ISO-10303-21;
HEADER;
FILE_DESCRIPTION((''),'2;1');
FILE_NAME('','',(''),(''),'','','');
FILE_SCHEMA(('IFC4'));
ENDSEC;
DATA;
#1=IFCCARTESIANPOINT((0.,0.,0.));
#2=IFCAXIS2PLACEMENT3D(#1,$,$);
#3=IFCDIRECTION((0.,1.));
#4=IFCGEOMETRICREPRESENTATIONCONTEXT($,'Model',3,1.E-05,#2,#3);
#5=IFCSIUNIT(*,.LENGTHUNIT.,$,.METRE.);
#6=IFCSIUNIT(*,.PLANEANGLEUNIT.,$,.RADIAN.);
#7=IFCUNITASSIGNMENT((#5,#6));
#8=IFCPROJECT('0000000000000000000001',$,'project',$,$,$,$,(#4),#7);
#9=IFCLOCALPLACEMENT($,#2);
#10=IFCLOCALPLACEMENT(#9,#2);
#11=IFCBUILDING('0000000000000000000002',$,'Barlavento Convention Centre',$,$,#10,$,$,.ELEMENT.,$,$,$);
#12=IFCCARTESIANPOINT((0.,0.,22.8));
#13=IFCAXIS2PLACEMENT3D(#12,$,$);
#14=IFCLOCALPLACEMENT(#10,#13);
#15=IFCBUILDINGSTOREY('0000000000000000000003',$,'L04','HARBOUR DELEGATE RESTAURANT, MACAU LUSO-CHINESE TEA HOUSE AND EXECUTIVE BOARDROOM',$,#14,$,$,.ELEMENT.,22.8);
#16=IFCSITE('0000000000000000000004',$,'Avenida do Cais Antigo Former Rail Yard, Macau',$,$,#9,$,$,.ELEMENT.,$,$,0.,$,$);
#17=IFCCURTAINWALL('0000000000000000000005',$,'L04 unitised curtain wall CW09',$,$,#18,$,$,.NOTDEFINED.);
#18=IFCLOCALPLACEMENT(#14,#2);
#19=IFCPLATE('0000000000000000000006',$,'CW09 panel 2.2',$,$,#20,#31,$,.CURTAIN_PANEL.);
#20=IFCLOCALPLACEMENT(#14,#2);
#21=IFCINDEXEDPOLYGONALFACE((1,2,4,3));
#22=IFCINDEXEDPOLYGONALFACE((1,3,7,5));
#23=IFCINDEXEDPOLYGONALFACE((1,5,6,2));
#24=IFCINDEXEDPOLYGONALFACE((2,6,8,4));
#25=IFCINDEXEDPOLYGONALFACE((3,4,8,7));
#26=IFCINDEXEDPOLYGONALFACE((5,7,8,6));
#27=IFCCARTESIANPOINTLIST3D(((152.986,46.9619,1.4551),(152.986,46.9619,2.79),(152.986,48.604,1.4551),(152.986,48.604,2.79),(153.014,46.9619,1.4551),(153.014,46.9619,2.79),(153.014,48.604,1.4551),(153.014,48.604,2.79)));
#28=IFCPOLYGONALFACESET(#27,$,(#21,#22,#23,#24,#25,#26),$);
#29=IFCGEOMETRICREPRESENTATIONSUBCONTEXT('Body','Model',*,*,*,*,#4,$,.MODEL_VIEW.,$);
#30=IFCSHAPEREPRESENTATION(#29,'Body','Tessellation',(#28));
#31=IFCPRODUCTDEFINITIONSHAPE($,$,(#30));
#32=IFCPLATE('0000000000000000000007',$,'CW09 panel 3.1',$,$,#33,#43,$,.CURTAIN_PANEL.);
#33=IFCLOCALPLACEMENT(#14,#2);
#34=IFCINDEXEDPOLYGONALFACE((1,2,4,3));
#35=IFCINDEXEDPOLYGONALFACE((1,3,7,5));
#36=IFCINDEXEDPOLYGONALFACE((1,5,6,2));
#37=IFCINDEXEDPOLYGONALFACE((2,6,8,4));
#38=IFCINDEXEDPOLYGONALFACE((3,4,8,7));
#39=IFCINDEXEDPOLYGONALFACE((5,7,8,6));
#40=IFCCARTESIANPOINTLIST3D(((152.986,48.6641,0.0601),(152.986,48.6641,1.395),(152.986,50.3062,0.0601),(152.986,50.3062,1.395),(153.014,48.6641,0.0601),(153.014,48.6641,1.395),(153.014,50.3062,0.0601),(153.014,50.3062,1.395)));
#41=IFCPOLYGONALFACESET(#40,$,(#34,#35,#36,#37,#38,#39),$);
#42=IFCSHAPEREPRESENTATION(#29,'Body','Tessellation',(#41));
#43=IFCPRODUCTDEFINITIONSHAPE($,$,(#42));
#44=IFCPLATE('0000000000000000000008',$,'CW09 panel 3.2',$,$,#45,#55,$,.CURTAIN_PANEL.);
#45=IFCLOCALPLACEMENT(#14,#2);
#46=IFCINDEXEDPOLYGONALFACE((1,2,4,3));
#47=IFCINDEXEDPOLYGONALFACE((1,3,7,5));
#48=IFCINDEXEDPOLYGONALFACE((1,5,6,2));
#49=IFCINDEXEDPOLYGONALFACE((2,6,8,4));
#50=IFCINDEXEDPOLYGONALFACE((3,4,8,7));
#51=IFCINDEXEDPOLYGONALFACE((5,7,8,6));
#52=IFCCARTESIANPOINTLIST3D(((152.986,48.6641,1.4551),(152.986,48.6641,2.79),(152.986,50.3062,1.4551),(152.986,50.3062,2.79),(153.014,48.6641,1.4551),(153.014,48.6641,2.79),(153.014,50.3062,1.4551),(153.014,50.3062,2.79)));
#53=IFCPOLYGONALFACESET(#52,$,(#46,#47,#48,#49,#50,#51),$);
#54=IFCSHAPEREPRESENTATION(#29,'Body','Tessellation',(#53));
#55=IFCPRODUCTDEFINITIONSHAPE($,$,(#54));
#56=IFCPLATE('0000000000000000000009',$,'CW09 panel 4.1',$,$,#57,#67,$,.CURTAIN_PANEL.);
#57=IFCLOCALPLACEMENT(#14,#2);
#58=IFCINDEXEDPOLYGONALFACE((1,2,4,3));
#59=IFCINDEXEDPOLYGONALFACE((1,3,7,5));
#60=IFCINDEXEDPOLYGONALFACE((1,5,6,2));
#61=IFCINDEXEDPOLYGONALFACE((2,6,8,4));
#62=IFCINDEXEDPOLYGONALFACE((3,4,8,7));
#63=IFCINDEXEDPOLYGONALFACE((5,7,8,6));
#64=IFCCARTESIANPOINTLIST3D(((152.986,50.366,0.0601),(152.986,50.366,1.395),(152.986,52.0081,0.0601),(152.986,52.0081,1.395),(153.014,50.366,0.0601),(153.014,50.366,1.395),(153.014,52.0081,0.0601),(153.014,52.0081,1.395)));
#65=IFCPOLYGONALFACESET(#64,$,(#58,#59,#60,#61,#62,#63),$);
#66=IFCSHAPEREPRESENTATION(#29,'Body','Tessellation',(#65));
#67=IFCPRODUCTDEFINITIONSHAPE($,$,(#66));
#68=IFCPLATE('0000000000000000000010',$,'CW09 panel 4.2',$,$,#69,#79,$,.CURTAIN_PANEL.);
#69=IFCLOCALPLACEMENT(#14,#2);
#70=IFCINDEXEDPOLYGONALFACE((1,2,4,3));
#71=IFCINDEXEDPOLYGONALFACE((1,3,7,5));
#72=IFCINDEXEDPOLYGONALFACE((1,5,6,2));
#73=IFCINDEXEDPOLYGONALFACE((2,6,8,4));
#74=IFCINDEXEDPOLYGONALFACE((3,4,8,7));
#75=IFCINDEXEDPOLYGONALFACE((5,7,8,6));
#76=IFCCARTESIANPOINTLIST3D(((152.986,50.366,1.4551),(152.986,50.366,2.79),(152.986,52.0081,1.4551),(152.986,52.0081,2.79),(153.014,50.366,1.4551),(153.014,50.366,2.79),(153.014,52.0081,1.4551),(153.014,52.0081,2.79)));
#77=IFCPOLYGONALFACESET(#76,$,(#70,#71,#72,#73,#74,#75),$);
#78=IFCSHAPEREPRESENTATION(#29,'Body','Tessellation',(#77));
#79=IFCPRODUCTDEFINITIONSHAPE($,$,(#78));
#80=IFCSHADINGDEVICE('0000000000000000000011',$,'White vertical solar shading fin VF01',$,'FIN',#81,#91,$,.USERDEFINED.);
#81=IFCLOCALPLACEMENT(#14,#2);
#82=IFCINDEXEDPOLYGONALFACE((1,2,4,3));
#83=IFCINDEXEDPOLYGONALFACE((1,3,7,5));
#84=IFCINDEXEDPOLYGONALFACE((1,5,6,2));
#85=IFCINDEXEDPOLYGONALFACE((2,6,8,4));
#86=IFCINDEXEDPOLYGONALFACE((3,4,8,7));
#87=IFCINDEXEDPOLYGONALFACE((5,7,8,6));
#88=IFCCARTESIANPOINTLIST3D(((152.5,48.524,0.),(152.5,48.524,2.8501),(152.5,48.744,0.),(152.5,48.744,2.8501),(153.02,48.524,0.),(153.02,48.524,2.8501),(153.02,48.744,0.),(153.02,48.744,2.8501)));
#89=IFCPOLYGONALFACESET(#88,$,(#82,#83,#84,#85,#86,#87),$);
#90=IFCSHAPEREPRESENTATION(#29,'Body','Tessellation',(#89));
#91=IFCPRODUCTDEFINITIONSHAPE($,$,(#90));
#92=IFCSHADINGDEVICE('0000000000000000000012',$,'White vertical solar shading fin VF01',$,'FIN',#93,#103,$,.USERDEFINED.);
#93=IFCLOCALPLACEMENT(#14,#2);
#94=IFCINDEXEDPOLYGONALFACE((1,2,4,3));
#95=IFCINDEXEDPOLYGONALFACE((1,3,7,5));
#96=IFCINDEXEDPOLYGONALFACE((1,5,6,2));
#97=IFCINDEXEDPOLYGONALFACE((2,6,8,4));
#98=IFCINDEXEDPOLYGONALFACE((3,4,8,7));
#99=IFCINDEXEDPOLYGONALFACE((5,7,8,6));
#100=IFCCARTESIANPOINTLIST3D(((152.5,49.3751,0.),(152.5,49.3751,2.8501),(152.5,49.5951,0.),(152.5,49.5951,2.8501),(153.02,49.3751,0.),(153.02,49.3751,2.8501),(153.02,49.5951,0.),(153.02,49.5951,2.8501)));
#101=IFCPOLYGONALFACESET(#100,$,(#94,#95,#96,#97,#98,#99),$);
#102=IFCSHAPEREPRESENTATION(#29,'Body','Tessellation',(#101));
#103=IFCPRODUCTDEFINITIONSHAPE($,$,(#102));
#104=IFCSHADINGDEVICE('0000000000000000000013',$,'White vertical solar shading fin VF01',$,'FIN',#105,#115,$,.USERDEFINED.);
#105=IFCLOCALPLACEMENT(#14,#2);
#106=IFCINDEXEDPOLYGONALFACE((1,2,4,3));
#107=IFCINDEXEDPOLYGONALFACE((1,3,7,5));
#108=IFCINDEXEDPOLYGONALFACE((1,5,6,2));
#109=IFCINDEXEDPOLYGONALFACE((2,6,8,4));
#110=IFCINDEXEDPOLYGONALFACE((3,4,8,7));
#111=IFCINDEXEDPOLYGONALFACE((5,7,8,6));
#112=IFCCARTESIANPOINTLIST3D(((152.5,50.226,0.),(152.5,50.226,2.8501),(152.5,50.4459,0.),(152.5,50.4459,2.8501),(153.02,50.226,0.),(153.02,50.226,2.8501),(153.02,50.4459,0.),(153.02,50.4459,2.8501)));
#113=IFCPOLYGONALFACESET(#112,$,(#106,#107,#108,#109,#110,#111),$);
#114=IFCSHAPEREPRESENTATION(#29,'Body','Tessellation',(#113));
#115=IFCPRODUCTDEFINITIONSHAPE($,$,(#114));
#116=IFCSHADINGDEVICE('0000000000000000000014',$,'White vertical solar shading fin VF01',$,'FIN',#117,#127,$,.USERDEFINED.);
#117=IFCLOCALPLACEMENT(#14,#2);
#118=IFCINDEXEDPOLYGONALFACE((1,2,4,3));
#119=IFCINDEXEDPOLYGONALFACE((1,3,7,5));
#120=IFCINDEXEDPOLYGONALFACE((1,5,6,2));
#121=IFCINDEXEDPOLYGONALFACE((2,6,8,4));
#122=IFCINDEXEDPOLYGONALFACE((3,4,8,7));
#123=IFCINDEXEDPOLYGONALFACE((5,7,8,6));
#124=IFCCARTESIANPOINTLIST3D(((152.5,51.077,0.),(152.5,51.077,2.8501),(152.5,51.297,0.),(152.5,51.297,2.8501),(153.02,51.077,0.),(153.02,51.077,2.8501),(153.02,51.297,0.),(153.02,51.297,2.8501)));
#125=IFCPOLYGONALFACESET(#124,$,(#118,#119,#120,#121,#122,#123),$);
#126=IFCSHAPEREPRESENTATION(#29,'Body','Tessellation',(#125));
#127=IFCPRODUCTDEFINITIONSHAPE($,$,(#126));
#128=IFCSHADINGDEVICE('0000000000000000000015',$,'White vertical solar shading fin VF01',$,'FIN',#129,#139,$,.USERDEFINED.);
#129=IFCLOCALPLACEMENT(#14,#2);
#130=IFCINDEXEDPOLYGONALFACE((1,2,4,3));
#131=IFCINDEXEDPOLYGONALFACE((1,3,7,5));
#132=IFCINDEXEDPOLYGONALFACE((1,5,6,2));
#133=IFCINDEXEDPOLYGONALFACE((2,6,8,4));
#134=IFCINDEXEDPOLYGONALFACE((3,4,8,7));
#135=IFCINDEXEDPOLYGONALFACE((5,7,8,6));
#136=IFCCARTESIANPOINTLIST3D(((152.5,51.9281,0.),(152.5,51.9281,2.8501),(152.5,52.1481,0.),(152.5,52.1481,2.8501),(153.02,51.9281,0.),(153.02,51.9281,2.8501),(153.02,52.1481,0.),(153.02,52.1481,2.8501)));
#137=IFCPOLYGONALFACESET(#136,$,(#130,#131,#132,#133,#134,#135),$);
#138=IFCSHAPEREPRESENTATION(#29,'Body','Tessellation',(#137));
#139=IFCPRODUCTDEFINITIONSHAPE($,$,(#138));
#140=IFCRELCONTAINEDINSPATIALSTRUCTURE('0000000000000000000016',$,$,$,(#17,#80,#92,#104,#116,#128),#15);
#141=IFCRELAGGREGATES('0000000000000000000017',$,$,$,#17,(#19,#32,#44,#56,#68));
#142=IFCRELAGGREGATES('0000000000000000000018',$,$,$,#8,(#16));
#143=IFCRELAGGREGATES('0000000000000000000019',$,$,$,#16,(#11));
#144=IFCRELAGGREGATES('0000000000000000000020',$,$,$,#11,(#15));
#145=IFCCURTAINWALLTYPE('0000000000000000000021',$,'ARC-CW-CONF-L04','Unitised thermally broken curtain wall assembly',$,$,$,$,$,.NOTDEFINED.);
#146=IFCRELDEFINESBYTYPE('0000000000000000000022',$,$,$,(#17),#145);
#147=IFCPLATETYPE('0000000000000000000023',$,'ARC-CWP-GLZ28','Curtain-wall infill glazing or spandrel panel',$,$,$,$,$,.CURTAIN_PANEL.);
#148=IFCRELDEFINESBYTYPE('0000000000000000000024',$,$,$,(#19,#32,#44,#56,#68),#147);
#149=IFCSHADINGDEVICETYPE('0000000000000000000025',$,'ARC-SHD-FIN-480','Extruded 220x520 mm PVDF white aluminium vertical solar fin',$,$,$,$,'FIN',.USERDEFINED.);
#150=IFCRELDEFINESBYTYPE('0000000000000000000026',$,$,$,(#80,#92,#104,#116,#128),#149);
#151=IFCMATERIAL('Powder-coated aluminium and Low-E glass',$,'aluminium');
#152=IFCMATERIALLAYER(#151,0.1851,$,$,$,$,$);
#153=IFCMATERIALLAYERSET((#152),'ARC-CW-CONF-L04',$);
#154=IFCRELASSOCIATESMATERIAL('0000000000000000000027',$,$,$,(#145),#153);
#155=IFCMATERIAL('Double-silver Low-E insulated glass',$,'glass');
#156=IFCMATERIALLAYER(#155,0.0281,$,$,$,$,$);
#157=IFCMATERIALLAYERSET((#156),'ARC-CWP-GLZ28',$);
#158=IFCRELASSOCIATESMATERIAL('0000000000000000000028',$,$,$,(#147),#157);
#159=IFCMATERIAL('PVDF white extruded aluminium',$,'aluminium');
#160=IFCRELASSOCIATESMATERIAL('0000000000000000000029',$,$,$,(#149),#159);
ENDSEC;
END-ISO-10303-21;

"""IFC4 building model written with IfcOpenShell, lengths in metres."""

from ifc_helpers import new_model, si_unit, direction, frame, origin, origin_2d, place, context, subcontext, project, spatial, rectangle, extrude, material, layer, layer_set, type_object, element, aggregate, save


model = new_model("IFC4")

# Units and contexts
model_context = context("Model", 3, precision=1e-05, world=origin(), true_north=direction((0.0, 1.0)))
body_context = subcontext(model_context, "Body", "Model", "MODEL_VIEW")
ifc_project = project(units=[si_unit("LENGTHUNIT", "METRE"), si_unit("PLANEANGLEUNIT", "RADIAN")], contexts=[model_context])

# Site, building, storey
site_placement = place(None, origin())
site = spatial("IfcSite", under=ifc_project, at=site_placement, Name="Avenida do Cais Antigo Former Rail Yard, Macau", CompositionType="ELEMENT", RefElevation=0.0)
building_placement = place(site_placement, origin())
building = spatial("IfcBuilding", under=site, at=building_placement, Name="Barlavento Convention Centre", CompositionType="ELEMENT")
storey_placement = place(building_placement, frame((0.0, 0.0, 22.8)))
storey = spatial("IfcBuildingStorey", under=building, at=storey_placement, Name="L04", Description="HARBOUR DELEGATE RESTAURANT, MACAU LUSO-CHINESE TEA HOUSE AND EXECUTIVE BOARDROOM", CompositionType="ELEMENT", Elevation=22.8)

# Curtain wall, plates
ifc_material_1 = material(Name="Powder-coated aluminium and Low-E glass", Category="aluminium")
ifc_layer_1 = layer(ifc_material_1, 0.1851)
ifc_layer_set_1 = layer_set([ifc_layer_1], Name="ARC-CW-CONF-L04")
curtain_wall_type = type_object("IfcCurtainWallType", Name="ARC-CW-CONF-L04", Description="Unitised thermally broken curtain wall assembly", PredefinedType="NOTDEFINED", material=ifc_layer_set_1)
curtain_wall_placement = place(storey_placement, origin())
curtain_wall = element("IfcCurtainWall", 1, at=curtain_wall_placement, inside=storey, type_object=curtain_wall_type, Name="L04 unitised curtain wall CW09", PredefinedType="NOTDEFINED")
ifc_material_2 = material(Name="Double-silver Low-E insulated glass", Category="glass")
ifc_layer_2 = layer(ifc_material_2, 0.0281)
ifc_layer_set_2 = layer_set([ifc_layer_2], Name="ARC-CWP-GLZ28")
plate_type = type_object("IfcPlateType", Name="ARC-CWP-GLZ28", Description="Curtain-wall infill glazing or spandrel panel", PredefinedType="CURTAIN_PANEL", material=ifc_layer_set_2)
plate_1_placement = place(storey_placement, frame((153.0, 47.783, 1.4551), z_axis=(0.0, 0.0, 1.0), x_axis=(0.0, 1.0, 0.0)))
plate_1 = element("IfcPlate", 2, at=plate_1_placement, type_object=plate_type, Name="CW09 panel 2.2", PredefinedType="CURTAIN_PANEL", context=body_context, shape_type="SweptSolid", body=[
    extrude(rectangle(XDim=1.6421, YDim=0.0281, at=origin_2d()), origin(), (0.0, 0.0, 1.0), 1.335),
])
plate_2_placement = place(storey_placement, frame((153.0, 49.4851, 0.0601), z_axis=(0.0, 0.0, 1.0), x_axis=(0.0, 1.0, 0.0)))
plate_2 = element("IfcPlate", 3, at=plate_2_placement, type_object=plate_type, Name="CW09 panel 3.1", PredefinedType="CURTAIN_PANEL", context=body_context, shape_type="SweptSolid", body=[
    extrude(rectangle(XDim=1.6421, YDim=0.0281, at=origin_2d()), origin(), (0.0, 0.0, 1.0), 1.335),
])
plate_3_placement = place(storey_placement, frame((153.0, 49.4851, 1.4551), z_axis=(0.0, 0.0, 1.0), x_axis=(0.0, 1.0, 0.0)))
plate_3 = element("IfcPlate", 4, at=plate_3_placement, type_object=plate_type, Name="CW09 panel 3.2", PredefinedType="CURTAIN_PANEL", context=body_context, shape_type="SweptSolid", body=[
    extrude(rectangle(XDim=1.6421, YDim=0.0281, at=origin_2d()), origin(), (0.0, 0.0, 1.0), 1.335),
])
plate_4_placement = place(storey_placement, frame((153.0, 51.187, 0.0601), z_axis=(0.0, 0.0, 1.0), x_axis=(0.0, 1.0, 0.0)))
plate_4 = element("IfcPlate", 5, at=plate_4_placement, type_object=plate_type, Name="CW09 panel 4.1", PredefinedType="CURTAIN_PANEL", context=body_context, shape_type="SweptSolid", body=[
    extrude(rectangle(XDim=1.6421, YDim=0.0281, at=origin_2d()), origin(), (0.0, 0.0, 1.0), 1.335),
])
plate_5_placement = place(storey_placement, frame((153.0, 51.187, 1.4551), z_axis=(0.0, 0.0, 1.0), x_axis=(0.0, 1.0, 0.0)))
plate_5 = element("IfcPlate", 6, at=plate_5_placement, type_object=plate_type, Name="CW09 panel 4.2", PredefinedType="CURTAIN_PANEL", context=body_context, shape_type="SweptSolid", body=[
    extrude(rectangle(XDim=1.6421, YDim=0.0281, at=origin_2d()), origin(), (0.0, 0.0, 1.0), 1.335),
])
aggregate(curtain_wall, [plate_1, plate_2, plate_3, plate_4, plate_5])

# Shading devices
ifc_material_3 = material(Name="PVDF white extruded aluminium", Category="aluminium")
shading_device_type = type_object("IfcShadingDeviceType", Name="ARC-SHD-FIN-480", Description="Extruded 220x520 mm PVDF white aluminium vertical solar fin", ElementType="FIN", PredefinedType="USERDEFINED", material=ifc_material_3)
for number, where, z_axis, x_axis, name in (
    (7, (152.76, 48.634, 0.0), (0.0, 0.0, 1.0), (0.0, 1.0, 0.0), "White vertical solar shading fin VF01"),
    (8, (152.76, 49.4851, 0.0), (0.0, 0.0, 1.0), (0.0, 1.0, 0.0), "White vertical solar shading fin VF01"),
    (9, (152.76, 50.3359, 0.0), (0.0, 0.0, 1.0), (0.0, 1.0, 0.0), "White vertical solar shading fin VF01"),
    (10, (152.76, 51.187, 0.0), (0.0, 0.0, 1.0), (0.0, 1.0, 0.0), "White vertical solar shading fin VF01"),
    (11, (152.76, 52.0381, 0.0), (0.0, 0.0, 1.0), (0.0, 1.0, 0.0), "White vertical solar shading fin VF01"),
):
    element("IfcShadingDevice", number, at=place(storey_placement, frame(where, z_axis=z_axis, x_axis=x_axis)), inside=storey, type_object=shading_device_type, Name=name, ObjectType="FIN", PredefinedType="USERDEFINED", context=body_context, shape_type="SweptSolid", body=[
        extrude(rectangle(XDim=0.22, YDim=0.52, at=origin_2d()), origin(), (0.0, 0.0, 1.0), 2.8501),
    ])

save(model, "model.ifc")
